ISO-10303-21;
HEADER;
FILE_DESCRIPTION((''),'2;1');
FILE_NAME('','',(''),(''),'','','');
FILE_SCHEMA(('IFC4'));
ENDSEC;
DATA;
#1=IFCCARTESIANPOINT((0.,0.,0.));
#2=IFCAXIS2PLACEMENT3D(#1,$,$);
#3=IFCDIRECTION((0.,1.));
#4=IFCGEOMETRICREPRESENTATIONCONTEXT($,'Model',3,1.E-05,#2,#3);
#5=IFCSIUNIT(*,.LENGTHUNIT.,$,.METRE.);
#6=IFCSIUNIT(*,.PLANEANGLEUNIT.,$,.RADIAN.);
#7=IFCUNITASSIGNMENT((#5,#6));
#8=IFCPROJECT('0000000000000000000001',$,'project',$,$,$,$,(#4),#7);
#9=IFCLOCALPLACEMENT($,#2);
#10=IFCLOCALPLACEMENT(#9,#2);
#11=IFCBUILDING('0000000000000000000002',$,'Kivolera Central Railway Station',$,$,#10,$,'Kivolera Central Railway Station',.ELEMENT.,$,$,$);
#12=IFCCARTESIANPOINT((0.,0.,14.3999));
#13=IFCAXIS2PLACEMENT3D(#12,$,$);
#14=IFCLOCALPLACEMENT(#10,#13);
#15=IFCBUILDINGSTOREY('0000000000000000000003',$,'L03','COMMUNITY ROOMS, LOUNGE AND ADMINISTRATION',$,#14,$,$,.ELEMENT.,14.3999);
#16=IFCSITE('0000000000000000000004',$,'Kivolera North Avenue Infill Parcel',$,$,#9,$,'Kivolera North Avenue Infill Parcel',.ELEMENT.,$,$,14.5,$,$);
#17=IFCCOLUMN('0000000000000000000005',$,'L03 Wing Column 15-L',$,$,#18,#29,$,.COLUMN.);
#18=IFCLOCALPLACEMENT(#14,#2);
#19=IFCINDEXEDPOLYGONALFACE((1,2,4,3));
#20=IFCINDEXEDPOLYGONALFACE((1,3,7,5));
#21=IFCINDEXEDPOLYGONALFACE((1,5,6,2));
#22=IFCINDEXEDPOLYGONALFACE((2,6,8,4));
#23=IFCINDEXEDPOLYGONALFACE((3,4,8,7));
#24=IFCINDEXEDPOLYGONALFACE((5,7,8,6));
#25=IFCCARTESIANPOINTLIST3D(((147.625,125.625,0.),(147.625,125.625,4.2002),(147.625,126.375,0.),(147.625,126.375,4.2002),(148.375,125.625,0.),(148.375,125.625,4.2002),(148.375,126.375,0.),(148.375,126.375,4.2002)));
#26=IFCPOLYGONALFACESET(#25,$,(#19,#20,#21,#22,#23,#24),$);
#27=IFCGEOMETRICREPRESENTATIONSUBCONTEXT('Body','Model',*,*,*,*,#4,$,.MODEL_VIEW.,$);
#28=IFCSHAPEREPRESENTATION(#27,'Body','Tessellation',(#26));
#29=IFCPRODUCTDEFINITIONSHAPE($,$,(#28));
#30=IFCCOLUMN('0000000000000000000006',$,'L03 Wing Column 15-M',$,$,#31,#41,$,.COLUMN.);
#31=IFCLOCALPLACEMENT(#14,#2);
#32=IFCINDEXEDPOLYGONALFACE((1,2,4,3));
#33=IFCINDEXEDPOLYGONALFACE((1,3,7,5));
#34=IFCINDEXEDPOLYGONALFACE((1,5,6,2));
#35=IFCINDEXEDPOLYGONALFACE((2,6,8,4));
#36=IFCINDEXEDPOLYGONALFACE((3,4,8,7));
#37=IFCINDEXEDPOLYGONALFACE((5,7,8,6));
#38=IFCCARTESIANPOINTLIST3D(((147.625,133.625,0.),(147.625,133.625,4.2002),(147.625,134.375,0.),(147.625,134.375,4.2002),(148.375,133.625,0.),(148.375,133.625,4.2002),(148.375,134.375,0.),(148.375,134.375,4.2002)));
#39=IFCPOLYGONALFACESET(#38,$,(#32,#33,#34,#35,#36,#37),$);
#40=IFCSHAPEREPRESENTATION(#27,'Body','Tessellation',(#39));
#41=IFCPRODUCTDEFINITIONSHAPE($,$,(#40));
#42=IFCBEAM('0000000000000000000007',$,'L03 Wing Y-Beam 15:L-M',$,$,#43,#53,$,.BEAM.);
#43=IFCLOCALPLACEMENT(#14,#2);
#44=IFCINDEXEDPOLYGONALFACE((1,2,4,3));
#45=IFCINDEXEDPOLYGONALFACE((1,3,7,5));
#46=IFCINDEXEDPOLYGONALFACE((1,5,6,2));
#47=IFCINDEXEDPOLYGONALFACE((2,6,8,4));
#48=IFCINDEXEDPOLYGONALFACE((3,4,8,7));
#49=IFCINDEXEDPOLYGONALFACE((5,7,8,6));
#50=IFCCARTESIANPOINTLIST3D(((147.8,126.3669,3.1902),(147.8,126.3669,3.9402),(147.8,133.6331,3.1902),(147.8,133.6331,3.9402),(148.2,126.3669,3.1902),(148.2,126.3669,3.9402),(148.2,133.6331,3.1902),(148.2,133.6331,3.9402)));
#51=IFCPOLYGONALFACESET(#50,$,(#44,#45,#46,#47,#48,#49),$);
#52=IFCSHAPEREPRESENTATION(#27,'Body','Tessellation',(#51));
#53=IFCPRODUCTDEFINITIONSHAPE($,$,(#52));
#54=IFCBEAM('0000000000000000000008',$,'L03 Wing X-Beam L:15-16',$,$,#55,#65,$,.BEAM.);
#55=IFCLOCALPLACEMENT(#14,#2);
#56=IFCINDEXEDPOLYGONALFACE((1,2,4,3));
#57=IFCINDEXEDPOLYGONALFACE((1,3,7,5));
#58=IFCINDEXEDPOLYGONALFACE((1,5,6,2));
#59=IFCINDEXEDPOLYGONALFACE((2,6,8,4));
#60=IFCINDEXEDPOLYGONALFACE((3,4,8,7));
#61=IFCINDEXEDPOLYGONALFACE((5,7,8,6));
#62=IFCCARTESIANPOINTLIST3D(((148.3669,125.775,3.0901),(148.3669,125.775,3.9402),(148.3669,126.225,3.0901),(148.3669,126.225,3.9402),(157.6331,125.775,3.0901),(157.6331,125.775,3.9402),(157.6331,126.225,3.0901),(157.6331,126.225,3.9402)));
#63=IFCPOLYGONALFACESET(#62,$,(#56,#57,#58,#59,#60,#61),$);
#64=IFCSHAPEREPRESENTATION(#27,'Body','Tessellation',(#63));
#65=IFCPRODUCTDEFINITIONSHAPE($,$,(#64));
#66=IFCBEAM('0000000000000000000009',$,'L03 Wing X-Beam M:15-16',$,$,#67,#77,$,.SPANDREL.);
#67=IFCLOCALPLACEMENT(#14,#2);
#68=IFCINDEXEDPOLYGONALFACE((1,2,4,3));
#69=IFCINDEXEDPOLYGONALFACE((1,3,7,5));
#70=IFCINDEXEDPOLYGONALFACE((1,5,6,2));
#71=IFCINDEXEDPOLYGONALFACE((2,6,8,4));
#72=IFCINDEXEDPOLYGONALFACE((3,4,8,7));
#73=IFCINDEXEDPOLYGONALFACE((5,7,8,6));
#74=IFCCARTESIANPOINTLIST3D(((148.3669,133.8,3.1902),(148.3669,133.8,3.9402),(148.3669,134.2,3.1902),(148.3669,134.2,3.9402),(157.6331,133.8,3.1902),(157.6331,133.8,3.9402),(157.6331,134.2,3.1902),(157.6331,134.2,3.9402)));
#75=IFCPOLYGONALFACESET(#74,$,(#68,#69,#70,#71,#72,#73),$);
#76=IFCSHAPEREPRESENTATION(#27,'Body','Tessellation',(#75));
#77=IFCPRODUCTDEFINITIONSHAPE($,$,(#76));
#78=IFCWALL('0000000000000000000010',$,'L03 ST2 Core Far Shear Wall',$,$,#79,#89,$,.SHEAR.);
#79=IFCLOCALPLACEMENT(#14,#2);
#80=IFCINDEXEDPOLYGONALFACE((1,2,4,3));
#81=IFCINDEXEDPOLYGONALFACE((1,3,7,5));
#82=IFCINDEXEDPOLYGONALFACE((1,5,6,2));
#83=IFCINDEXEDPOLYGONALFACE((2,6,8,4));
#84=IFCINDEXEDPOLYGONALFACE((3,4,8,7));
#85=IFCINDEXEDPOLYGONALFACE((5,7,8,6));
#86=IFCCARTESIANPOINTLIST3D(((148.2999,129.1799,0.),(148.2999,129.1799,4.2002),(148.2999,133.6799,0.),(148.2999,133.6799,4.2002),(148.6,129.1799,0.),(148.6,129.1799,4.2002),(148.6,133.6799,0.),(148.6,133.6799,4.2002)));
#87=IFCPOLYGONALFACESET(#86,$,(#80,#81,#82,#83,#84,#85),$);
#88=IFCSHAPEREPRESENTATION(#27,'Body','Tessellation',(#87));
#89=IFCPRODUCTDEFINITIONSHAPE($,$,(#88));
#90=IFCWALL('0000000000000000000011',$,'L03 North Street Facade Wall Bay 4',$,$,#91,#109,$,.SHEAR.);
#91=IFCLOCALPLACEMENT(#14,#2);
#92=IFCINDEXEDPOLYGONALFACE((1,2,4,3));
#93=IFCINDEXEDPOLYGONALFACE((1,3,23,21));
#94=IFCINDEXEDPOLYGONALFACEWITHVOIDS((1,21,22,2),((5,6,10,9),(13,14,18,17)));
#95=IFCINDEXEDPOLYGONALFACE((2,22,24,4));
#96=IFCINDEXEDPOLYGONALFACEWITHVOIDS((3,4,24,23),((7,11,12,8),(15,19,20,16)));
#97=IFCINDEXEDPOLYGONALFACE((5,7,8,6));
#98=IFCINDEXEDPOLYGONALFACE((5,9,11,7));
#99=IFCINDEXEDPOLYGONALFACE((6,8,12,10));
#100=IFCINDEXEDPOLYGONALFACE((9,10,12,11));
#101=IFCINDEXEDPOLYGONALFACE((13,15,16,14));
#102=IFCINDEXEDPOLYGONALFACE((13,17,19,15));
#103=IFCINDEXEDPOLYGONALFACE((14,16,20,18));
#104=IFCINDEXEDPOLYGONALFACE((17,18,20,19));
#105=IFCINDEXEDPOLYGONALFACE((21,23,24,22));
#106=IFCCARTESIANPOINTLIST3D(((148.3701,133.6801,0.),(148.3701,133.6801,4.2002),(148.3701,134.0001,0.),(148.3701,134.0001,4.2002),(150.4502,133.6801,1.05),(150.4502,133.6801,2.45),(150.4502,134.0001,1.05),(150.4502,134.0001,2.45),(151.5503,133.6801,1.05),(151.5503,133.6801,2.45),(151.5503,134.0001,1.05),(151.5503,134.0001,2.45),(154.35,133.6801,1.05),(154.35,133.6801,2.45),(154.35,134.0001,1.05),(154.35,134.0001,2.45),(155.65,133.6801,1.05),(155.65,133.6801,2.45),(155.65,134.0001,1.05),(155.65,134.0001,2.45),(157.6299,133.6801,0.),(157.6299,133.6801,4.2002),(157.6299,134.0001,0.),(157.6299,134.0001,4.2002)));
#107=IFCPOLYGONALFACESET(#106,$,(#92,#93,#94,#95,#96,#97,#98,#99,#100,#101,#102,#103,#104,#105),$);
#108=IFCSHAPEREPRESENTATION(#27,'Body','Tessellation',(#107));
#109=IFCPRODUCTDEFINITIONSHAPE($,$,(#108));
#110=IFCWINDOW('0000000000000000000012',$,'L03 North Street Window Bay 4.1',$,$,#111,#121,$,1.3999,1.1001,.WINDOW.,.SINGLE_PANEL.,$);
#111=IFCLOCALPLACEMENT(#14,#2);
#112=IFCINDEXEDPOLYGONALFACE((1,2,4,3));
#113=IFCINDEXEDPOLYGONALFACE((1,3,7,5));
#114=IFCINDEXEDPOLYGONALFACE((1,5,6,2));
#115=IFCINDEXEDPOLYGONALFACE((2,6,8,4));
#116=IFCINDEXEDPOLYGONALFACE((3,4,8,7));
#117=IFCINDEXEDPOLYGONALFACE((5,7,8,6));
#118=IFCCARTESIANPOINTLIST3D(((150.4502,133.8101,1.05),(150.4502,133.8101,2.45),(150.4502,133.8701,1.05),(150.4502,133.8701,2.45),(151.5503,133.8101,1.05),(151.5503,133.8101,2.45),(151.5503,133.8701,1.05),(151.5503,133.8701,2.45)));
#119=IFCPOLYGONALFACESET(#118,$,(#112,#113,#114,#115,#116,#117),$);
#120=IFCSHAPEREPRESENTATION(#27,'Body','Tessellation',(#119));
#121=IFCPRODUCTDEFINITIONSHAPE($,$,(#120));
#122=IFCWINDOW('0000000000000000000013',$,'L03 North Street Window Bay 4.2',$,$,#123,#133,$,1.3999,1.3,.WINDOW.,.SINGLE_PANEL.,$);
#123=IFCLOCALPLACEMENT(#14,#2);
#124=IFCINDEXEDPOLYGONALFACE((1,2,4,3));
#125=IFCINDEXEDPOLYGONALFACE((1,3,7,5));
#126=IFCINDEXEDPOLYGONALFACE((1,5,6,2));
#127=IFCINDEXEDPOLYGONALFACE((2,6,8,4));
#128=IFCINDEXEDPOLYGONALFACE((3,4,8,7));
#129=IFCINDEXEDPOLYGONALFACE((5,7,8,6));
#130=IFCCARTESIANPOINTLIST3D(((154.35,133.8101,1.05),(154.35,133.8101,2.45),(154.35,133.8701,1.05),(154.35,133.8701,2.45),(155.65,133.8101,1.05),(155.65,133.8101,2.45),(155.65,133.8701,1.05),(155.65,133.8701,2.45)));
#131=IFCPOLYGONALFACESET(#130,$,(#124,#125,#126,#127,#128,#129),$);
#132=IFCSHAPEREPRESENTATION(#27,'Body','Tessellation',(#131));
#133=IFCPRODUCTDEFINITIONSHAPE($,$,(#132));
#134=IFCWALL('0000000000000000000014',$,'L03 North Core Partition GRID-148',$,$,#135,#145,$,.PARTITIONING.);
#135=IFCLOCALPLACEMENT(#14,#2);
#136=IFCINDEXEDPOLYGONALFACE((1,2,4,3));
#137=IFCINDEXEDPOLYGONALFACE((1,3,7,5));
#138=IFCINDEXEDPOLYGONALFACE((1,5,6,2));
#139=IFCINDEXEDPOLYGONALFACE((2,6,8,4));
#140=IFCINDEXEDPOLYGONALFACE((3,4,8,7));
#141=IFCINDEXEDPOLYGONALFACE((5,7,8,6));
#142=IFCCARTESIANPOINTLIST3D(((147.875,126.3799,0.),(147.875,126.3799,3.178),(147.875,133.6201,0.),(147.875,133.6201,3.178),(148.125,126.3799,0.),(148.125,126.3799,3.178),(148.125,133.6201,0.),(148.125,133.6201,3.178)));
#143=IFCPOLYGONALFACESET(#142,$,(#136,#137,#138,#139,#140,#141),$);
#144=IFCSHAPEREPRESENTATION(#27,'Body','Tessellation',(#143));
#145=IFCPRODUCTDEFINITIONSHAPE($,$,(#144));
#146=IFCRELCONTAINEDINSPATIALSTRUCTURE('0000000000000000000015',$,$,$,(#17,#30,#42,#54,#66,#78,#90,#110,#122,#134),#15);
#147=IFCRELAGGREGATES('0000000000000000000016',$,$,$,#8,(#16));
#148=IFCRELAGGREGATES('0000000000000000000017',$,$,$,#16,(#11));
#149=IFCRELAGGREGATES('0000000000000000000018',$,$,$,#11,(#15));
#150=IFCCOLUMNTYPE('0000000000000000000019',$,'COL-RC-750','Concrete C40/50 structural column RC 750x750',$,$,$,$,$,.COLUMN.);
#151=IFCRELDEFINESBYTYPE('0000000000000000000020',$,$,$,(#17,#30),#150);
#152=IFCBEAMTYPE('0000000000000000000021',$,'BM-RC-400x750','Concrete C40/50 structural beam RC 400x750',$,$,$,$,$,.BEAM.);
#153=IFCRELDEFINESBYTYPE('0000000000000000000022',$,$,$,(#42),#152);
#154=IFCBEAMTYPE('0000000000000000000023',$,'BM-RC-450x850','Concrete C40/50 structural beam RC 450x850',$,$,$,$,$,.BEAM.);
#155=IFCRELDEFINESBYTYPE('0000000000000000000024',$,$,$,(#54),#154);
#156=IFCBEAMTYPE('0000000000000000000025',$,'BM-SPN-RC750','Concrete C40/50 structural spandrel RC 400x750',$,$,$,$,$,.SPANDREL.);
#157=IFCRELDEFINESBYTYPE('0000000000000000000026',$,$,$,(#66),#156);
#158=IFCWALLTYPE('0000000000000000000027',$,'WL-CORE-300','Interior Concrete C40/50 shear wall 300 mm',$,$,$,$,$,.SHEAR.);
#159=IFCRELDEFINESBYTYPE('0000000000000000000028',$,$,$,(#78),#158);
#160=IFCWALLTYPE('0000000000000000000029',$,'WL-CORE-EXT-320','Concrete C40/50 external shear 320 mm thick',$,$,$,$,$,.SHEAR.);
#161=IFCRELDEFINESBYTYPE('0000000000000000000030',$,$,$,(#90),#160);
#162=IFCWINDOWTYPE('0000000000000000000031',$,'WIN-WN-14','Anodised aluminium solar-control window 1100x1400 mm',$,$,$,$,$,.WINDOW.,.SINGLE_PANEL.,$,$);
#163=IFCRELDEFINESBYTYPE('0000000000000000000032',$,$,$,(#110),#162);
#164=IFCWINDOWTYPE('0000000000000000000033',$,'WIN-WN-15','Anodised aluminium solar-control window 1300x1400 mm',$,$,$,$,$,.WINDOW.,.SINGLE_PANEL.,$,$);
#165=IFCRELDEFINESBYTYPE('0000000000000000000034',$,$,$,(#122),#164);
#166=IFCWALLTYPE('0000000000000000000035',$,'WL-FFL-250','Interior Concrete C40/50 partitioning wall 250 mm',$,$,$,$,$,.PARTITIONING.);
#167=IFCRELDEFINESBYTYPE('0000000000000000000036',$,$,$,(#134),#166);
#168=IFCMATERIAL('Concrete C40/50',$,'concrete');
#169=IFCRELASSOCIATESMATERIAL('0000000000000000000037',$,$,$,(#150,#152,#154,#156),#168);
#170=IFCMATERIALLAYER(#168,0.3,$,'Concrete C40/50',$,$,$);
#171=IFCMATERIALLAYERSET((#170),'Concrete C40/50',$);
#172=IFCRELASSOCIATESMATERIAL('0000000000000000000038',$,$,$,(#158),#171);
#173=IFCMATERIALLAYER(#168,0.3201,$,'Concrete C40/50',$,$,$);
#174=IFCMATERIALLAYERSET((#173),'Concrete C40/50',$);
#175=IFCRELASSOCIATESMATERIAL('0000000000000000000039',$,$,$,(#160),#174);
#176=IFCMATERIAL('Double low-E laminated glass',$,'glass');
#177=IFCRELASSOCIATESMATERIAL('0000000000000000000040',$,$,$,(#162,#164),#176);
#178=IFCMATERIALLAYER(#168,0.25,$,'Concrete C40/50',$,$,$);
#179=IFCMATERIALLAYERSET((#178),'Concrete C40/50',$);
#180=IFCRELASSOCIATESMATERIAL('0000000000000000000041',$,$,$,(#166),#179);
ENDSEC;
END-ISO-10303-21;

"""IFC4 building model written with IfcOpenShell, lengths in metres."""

from ifc_helpers import new_model, si_unit, direction, frame, frame_2d, origin, origin_2d, place, context, subcontext, project, spatial, rectangle, extrude, material, layer, layer_set, material_profile, profile_set, type_object, element, fill, save


model = new_model("IFC4")

# Units and contexts
model_context = context("Model", 3, precision=1e-05, world=origin(), true_north=direction((0.0, 1.0)))
body_context = subcontext(model_context, "Body", "Model", "MODEL_VIEW")
ifc_project = project(units=[si_unit("LENGTHUNIT", "METRE"), si_unit("PLANEANGLEUNIT", "RADIAN")], contexts=[model_context])

# Site, building, storey
site_placement = place(None, origin())
site = spatial("IfcSite", under=ifc_project, at=site_placement, Name="Kivolera North Avenue Infill Parcel", LongName="Kivolera North Avenue Infill Parcel", CompositionType="ELEMENT", RefElevation=14.5)
building_placement = place(site_placement, origin())
building = spatial("IfcBuilding", under=site, at=building_placement, Name="Kivolera Central Railway Station", LongName="Kivolera Central Railway Station", CompositionType="ELEMENT")
storey_placement = place(building_placement, frame((0.0, 0.0, 14.3999)))
storey = spatial("IfcBuildingStorey", under=building, at=storey_placement, Name="L03", Description="COMMUNITY ROOMS, LOUNGE AND ADMINISTRATION", CompositionType="ELEMENT", Elevation=14.3999)

# Columns
ifc_material_1 = material(Name="Concrete C40/50", Category="concrete")
ifc_material_profile_1 = material_profile(ifc_material_1, rectangle(XDim=0.75, YDim=0.75, at=origin_2d()), Name="RC 750x750")
ifc_profile_set_1 = profile_set([ifc_material_profile_1], Name="Concrete C40/50")
column_type = type_object("IfcColumnType", Name="COL-RC-750", Description="Concrete C40/50 structural column RC 750x750", PredefinedType="COLUMN", material=ifc_profile_set_1)
for number, where, z_axis, x_axis, name in (
    (1, (148.0, 126.0, 0.0), (0.0, 0.0, 1.0), (1.0, 0.0, 0.0), "L03 Wing Column 15-L"),
    (2, (148.0, 134.0, 0.0), (0.0, 0.0, 1.0), (1.0, 0.0, 0.0), "L03 Wing Column 15-M"),
):
    element("IfcColumn", number, at=place(storey_placement, frame(where, z_axis=z_axis, x_axis=x_axis)), inside=storey, type_object=column_type, Name=name, PredefinedType="COLUMN", context=body_context, shape_type="SweptSolid", body=[
        extrude(rectangle(XDim=0.75, YDim=0.75, at=origin_2d()), origin(), (0.0, 0.0, 1.0), 4.2002),
    ])

# Beams
ifc_material_profile_2 = material_profile(ifc_material_1, rectangle(XDim=0.3999, YDim=0.75, at=origin_2d()), Name="RC 400x750")
ifc_profile_set_2 = profile_set([ifc_material_profile_2], Name="Concrete C40/50")
beam_type_1 = type_object("IfcBeamType", Name="BM-RC-400x750", Description="Concrete C40/50 structural beam RC 400x750", PredefinedType="BEAM", material=ifc_profile_set_2)
beam_1_placement = place(storey_placement, frame((148.0, 126.3669, 3.5652), z_axis=(0.0, 1.0, 0.0), x_axis=(-1.0, 0.0, 0.0)))
element("IfcBeam", 3, at=beam_1_placement, inside=storey, type_object=beam_type_1, Name="L03 Wing Y-Beam 15:L-M", PredefinedType="BEAM", context=body_context, shape_type="SweptSolid", body=[
    extrude(rectangle(XDim=0.3999, YDim=0.75, at=origin_2d()), origin(), (0.0, 0.0, 1.0), 7.2661),
])
ifc_material_profile_3 = material_profile(ifc_material_1, rectangle(XDim=0.45, YDim=0.8501, at=origin_2d()), Name="RC 450x850")
ifc_profile_set_3 = profile_set([ifc_material_profile_3], Name="Concrete C40/50")
beam_type_2 = type_object("IfcBeamType", Name="BM-RC-450x850", Description="Concrete C40/50 structural beam RC 450x850", PredefinedType="BEAM", material=ifc_profile_set_3)
beam_2_placement = place(storey_placement, frame((148.3669, 126.0, 3.5151), z_axis=(1.0, 0.0, 0.0), x_axis=(0.0, 1.0, 0.0)))
element("IfcBeam", 4, at=beam_2_placement, inside=storey, type_object=beam_type_2, Name="L03 Wing X-Beam L:15-16", PredefinedType="BEAM", context=body_context, shape_type="SweptSolid", body=[
    extrude(rectangle(XDim=0.45, YDim=0.8501, at=origin_2d()), origin(), (0.0, 0.0, 1.0), 9.2661),
])
ifc_material_profile_4 = material_profile(ifc_material_1, rectangle(XDim=0.3999, YDim=0.75, at=origin_2d()), Name="RC 400x750")
ifc_profile_set_4 = profile_set([ifc_material_profile_4], Name="Concrete C40/50")
beam_type_3 = type_object("IfcBeamType", Name="BM-SPN-RC750", Description="Concrete C40/50 structural spandrel RC 400x750", PredefinedType="SPANDREL", material=ifc_profile_set_4)
beam_3_placement = place(storey_placement, frame((148.3669, 134.0, 3.5652), z_axis=(1.0, 0.0, 0.0), x_axis=(0.0, 1.0, 0.0)))
element("IfcBeam", 5, at=beam_3_placement, inside=storey, type_object=beam_type_3, Name="L03 Wing X-Beam M:15-16", PredefinedType="SPANDREL", context=body_context, shape_type="SweptSolid", body=[
    extrude(rectangle(XDim=0.3999, YDim=0.75, at=origin_2d()), origin(), (0.0, 0.0, 1.0), 9.2661),
])

# Wall
ifc_layer_1 = layer(ifc_material_1, 0.3, Name="Concrete C40/50")
ifc_layer_set_1 = layer_set([ifc_layer_1], Name="Concrete C40/50")
wall_type_1 = type_object("IfcWallType", Name="WL-CORE-300", Description="Interior Concrete C40/50 shear wall 300 mm", PredefinedType="SHEAR", material=ifc_layer_set_1)
wall_1_placement = place(storey_placement, frame((148.45, 129.1799, 0.0), z_axis=(0.0, 0.0, 1.0), x_axis=(0.0, 1.0, 0.0)))
element("IfcWall", 6, at=wall_1_placement, inside=storey, type_object=wall_type_1, Name="L03 ST2 Core Far Shear Wall", PredefinedType="SHEAR", context=body_context, shape_type="SweptSolid", body=[
    extrude(rectangle(XDim=4.5, YDim=0.3, at=frame_2d((2.25, 0.0))), origin(), (0.0, 0.0, 1.0), 4.2002),
])

# Wall, openings, windows
ifc_layer_2 = layer(ifc_material_1, 0.3201, Name="Concrete C40/50")
ifc_layer_set_2 = layer_set([ifc_layer_2], Name="Concrete C40/50")
wall_type_2 = type_object("IfcWallType", Name="WL-CORE-EXT-320", Description="Concrete C40/50 external shear 320 mm thick", PredefinedType="SHEAR", material=ifc_layer_set_2)
wall_2_placement = place(storey_placement, frame((148.3701, 133.8401, 0.0), z_axis=(0.0, 0.0, 1.0), x_axis=(1.0, 0.0, 0.0)))
wall_2 = element("IfcWall", 7, at=wall_2_placement, inside=storey, type_object=wall_type_2, Name="L03 North Street Facade Wall Bay 4", PredefinedType="SHEAR", context=body_context, shape_type="SweptSolid", body=[
    extrude(rectangle(XDim=9.2598, YDim=0.3201, at=frame_2d((4.6299, 0.0))), origin(), (0.0, 0.0, 1.0), 4.2002),
])
opening_1_placement = place(wall_2_placement, frame((2.0801, 0.0, 1.05)))
opening_1 = element("IfcOpeningElement", 8, at=opening_1_placement, cuts=wall_2, PredefinedType="OPENING", context=body_context, shape_type="SweptSolid", body=[
    extrude(rectangle(XDim=1.1001, YDim=1.3999, at=frame_2d((0.55, 0.7))), frame((0.0, 0.1699, 0.0), z_axis=(0.0, -1.0, 0.0), x_axis=(1.0, 0.0, 0.0)), (0.0, 0.0, 1.0), 0.3401),
])
opening_2_placement = place(wall_2_placement, frame((5.98, 0.0, 1.05)))
opening_2 = element("IfcOpeningElement", 9, at=opening_2_placement, cuts=wall_2, PredefinedType="OPENING", context=body_context, shape_type="SweptSolid", body=[
    extrude(rectangle(XDim=1.3, YDim=1.3999, at=frame_2d((0.6499, 0.7))), frame((0.0, 0.1699, 0.0), z_axis=(0.0, -1.0, 0.0), x_axis=(1.0, 0.0, 0.0)), (0.0, 0.0, 1.0), 0.3401),
])
ifc_material_2 = material(Name="Double low-E laminated glass", Category="glass")
window_type_1 = type_object("IfcWindowType", Name="WIN-WN-14", Description="Anodised aluminium solar-control window 1100x1400 mm", PartitioningType="SINGLE_PANEL", PredefinedType="WINDOW", material=ifc_material_2)
window_1_placement = place(opening_1_placement, origin())
window_1 = element("IfcWindow", 10, at=window_1_placement, inside=storey, type_object=window_type_1, Name="L03 North Street Window Bay 4.1", OverallHeight=1.3999, OverallWidth=1.1001, PartitioningType="SINGLE_PANEL", PredefinedType="WINDOW", context=body_context, shape_type="SweptSolid", body=[
    extrude(rectangle(XDim=1.1001, YDim=1.3999, at=frame_2d((0.55, 0.7))), frame((0.0, 0.03, 0.0), z_axis=(0.0, -1.0, 0.0), x_axis=(1.0, 0.0, 0.0)), (0.0, 0.0, 1.0), 0.0601),
])
fill(opening_1, window_1)
window_type_2 = type_object("IfcWindowType", Name="WIN-WN-15", Description="Anodised aluminium solar-control window 1300x1400 mm", PartitioningType="SINGLE_PANEL", PredefinedType="WINDOW", material=ifc_material_2)
window_2_placement = place(opening_2_placement, origin())
window_2 = element("IfcWindow", 11, at=window_2_placement, inside=storey, type_object=window_type_2, Name="L03 North Street Window Bay 4.2", OverallHeight=1.3999, OverallWidth=1.3, PartitioningType="SINGLE_PANEL", PredefinedType="WINDOW", context=body_context, shape_type="SweptSolid", body=[
    extrude(rectangle(XDim=1.3, YDim=1.3999, at=frame_2d((0.6499, 0.7))), frame((0.0, 0.03, 0.0), z_axis=(0.0, -1.0, 0.0), x_axis=(1.0, 0.0, 0.0)), (0.0, 0.0, 1.0), 0.0601),
])
fill(opening_2, window_2)

# Shared definitions
ifc_layer_3 = layer(ifc_material_1, 0.25, Name="Concrete C40/50")
ifc_layer_set_3 = layer_set([ifc_layer_3], Name="Concrete C40/50")
wall_type_3 = type_object("IfcWallType", Name="WL-FFL-250", Description="Interior Concrete C40/50 partitioning wall 250 mm", PredefinedType="PARTITIONING", material=ifc_layer_set_3)

# Wall
wall_3_placement = place(storey_placement, frame((148.0, 126.3799, 0.0), z_axis=(0.0, 0.0, 1.0), x_axis=(0.0, 1.0, 0.0)))
element("IfcWall", 12, at=wall_3_placement, inside=storey, type_object=wall_type_3, Name="L03 North Core Partition GRID-148", PredefinedType="PARTITIONING", context=body_context, shape_type="SweptSolid", body=[
    extrude(rectangle(XDim=7.2402, YDim=0.25, at=frame_2d((3.6201, 0.0))), origin(), (0.0, 0.0, 1.0), 3.178),
])

save(model, "model.ifc")
